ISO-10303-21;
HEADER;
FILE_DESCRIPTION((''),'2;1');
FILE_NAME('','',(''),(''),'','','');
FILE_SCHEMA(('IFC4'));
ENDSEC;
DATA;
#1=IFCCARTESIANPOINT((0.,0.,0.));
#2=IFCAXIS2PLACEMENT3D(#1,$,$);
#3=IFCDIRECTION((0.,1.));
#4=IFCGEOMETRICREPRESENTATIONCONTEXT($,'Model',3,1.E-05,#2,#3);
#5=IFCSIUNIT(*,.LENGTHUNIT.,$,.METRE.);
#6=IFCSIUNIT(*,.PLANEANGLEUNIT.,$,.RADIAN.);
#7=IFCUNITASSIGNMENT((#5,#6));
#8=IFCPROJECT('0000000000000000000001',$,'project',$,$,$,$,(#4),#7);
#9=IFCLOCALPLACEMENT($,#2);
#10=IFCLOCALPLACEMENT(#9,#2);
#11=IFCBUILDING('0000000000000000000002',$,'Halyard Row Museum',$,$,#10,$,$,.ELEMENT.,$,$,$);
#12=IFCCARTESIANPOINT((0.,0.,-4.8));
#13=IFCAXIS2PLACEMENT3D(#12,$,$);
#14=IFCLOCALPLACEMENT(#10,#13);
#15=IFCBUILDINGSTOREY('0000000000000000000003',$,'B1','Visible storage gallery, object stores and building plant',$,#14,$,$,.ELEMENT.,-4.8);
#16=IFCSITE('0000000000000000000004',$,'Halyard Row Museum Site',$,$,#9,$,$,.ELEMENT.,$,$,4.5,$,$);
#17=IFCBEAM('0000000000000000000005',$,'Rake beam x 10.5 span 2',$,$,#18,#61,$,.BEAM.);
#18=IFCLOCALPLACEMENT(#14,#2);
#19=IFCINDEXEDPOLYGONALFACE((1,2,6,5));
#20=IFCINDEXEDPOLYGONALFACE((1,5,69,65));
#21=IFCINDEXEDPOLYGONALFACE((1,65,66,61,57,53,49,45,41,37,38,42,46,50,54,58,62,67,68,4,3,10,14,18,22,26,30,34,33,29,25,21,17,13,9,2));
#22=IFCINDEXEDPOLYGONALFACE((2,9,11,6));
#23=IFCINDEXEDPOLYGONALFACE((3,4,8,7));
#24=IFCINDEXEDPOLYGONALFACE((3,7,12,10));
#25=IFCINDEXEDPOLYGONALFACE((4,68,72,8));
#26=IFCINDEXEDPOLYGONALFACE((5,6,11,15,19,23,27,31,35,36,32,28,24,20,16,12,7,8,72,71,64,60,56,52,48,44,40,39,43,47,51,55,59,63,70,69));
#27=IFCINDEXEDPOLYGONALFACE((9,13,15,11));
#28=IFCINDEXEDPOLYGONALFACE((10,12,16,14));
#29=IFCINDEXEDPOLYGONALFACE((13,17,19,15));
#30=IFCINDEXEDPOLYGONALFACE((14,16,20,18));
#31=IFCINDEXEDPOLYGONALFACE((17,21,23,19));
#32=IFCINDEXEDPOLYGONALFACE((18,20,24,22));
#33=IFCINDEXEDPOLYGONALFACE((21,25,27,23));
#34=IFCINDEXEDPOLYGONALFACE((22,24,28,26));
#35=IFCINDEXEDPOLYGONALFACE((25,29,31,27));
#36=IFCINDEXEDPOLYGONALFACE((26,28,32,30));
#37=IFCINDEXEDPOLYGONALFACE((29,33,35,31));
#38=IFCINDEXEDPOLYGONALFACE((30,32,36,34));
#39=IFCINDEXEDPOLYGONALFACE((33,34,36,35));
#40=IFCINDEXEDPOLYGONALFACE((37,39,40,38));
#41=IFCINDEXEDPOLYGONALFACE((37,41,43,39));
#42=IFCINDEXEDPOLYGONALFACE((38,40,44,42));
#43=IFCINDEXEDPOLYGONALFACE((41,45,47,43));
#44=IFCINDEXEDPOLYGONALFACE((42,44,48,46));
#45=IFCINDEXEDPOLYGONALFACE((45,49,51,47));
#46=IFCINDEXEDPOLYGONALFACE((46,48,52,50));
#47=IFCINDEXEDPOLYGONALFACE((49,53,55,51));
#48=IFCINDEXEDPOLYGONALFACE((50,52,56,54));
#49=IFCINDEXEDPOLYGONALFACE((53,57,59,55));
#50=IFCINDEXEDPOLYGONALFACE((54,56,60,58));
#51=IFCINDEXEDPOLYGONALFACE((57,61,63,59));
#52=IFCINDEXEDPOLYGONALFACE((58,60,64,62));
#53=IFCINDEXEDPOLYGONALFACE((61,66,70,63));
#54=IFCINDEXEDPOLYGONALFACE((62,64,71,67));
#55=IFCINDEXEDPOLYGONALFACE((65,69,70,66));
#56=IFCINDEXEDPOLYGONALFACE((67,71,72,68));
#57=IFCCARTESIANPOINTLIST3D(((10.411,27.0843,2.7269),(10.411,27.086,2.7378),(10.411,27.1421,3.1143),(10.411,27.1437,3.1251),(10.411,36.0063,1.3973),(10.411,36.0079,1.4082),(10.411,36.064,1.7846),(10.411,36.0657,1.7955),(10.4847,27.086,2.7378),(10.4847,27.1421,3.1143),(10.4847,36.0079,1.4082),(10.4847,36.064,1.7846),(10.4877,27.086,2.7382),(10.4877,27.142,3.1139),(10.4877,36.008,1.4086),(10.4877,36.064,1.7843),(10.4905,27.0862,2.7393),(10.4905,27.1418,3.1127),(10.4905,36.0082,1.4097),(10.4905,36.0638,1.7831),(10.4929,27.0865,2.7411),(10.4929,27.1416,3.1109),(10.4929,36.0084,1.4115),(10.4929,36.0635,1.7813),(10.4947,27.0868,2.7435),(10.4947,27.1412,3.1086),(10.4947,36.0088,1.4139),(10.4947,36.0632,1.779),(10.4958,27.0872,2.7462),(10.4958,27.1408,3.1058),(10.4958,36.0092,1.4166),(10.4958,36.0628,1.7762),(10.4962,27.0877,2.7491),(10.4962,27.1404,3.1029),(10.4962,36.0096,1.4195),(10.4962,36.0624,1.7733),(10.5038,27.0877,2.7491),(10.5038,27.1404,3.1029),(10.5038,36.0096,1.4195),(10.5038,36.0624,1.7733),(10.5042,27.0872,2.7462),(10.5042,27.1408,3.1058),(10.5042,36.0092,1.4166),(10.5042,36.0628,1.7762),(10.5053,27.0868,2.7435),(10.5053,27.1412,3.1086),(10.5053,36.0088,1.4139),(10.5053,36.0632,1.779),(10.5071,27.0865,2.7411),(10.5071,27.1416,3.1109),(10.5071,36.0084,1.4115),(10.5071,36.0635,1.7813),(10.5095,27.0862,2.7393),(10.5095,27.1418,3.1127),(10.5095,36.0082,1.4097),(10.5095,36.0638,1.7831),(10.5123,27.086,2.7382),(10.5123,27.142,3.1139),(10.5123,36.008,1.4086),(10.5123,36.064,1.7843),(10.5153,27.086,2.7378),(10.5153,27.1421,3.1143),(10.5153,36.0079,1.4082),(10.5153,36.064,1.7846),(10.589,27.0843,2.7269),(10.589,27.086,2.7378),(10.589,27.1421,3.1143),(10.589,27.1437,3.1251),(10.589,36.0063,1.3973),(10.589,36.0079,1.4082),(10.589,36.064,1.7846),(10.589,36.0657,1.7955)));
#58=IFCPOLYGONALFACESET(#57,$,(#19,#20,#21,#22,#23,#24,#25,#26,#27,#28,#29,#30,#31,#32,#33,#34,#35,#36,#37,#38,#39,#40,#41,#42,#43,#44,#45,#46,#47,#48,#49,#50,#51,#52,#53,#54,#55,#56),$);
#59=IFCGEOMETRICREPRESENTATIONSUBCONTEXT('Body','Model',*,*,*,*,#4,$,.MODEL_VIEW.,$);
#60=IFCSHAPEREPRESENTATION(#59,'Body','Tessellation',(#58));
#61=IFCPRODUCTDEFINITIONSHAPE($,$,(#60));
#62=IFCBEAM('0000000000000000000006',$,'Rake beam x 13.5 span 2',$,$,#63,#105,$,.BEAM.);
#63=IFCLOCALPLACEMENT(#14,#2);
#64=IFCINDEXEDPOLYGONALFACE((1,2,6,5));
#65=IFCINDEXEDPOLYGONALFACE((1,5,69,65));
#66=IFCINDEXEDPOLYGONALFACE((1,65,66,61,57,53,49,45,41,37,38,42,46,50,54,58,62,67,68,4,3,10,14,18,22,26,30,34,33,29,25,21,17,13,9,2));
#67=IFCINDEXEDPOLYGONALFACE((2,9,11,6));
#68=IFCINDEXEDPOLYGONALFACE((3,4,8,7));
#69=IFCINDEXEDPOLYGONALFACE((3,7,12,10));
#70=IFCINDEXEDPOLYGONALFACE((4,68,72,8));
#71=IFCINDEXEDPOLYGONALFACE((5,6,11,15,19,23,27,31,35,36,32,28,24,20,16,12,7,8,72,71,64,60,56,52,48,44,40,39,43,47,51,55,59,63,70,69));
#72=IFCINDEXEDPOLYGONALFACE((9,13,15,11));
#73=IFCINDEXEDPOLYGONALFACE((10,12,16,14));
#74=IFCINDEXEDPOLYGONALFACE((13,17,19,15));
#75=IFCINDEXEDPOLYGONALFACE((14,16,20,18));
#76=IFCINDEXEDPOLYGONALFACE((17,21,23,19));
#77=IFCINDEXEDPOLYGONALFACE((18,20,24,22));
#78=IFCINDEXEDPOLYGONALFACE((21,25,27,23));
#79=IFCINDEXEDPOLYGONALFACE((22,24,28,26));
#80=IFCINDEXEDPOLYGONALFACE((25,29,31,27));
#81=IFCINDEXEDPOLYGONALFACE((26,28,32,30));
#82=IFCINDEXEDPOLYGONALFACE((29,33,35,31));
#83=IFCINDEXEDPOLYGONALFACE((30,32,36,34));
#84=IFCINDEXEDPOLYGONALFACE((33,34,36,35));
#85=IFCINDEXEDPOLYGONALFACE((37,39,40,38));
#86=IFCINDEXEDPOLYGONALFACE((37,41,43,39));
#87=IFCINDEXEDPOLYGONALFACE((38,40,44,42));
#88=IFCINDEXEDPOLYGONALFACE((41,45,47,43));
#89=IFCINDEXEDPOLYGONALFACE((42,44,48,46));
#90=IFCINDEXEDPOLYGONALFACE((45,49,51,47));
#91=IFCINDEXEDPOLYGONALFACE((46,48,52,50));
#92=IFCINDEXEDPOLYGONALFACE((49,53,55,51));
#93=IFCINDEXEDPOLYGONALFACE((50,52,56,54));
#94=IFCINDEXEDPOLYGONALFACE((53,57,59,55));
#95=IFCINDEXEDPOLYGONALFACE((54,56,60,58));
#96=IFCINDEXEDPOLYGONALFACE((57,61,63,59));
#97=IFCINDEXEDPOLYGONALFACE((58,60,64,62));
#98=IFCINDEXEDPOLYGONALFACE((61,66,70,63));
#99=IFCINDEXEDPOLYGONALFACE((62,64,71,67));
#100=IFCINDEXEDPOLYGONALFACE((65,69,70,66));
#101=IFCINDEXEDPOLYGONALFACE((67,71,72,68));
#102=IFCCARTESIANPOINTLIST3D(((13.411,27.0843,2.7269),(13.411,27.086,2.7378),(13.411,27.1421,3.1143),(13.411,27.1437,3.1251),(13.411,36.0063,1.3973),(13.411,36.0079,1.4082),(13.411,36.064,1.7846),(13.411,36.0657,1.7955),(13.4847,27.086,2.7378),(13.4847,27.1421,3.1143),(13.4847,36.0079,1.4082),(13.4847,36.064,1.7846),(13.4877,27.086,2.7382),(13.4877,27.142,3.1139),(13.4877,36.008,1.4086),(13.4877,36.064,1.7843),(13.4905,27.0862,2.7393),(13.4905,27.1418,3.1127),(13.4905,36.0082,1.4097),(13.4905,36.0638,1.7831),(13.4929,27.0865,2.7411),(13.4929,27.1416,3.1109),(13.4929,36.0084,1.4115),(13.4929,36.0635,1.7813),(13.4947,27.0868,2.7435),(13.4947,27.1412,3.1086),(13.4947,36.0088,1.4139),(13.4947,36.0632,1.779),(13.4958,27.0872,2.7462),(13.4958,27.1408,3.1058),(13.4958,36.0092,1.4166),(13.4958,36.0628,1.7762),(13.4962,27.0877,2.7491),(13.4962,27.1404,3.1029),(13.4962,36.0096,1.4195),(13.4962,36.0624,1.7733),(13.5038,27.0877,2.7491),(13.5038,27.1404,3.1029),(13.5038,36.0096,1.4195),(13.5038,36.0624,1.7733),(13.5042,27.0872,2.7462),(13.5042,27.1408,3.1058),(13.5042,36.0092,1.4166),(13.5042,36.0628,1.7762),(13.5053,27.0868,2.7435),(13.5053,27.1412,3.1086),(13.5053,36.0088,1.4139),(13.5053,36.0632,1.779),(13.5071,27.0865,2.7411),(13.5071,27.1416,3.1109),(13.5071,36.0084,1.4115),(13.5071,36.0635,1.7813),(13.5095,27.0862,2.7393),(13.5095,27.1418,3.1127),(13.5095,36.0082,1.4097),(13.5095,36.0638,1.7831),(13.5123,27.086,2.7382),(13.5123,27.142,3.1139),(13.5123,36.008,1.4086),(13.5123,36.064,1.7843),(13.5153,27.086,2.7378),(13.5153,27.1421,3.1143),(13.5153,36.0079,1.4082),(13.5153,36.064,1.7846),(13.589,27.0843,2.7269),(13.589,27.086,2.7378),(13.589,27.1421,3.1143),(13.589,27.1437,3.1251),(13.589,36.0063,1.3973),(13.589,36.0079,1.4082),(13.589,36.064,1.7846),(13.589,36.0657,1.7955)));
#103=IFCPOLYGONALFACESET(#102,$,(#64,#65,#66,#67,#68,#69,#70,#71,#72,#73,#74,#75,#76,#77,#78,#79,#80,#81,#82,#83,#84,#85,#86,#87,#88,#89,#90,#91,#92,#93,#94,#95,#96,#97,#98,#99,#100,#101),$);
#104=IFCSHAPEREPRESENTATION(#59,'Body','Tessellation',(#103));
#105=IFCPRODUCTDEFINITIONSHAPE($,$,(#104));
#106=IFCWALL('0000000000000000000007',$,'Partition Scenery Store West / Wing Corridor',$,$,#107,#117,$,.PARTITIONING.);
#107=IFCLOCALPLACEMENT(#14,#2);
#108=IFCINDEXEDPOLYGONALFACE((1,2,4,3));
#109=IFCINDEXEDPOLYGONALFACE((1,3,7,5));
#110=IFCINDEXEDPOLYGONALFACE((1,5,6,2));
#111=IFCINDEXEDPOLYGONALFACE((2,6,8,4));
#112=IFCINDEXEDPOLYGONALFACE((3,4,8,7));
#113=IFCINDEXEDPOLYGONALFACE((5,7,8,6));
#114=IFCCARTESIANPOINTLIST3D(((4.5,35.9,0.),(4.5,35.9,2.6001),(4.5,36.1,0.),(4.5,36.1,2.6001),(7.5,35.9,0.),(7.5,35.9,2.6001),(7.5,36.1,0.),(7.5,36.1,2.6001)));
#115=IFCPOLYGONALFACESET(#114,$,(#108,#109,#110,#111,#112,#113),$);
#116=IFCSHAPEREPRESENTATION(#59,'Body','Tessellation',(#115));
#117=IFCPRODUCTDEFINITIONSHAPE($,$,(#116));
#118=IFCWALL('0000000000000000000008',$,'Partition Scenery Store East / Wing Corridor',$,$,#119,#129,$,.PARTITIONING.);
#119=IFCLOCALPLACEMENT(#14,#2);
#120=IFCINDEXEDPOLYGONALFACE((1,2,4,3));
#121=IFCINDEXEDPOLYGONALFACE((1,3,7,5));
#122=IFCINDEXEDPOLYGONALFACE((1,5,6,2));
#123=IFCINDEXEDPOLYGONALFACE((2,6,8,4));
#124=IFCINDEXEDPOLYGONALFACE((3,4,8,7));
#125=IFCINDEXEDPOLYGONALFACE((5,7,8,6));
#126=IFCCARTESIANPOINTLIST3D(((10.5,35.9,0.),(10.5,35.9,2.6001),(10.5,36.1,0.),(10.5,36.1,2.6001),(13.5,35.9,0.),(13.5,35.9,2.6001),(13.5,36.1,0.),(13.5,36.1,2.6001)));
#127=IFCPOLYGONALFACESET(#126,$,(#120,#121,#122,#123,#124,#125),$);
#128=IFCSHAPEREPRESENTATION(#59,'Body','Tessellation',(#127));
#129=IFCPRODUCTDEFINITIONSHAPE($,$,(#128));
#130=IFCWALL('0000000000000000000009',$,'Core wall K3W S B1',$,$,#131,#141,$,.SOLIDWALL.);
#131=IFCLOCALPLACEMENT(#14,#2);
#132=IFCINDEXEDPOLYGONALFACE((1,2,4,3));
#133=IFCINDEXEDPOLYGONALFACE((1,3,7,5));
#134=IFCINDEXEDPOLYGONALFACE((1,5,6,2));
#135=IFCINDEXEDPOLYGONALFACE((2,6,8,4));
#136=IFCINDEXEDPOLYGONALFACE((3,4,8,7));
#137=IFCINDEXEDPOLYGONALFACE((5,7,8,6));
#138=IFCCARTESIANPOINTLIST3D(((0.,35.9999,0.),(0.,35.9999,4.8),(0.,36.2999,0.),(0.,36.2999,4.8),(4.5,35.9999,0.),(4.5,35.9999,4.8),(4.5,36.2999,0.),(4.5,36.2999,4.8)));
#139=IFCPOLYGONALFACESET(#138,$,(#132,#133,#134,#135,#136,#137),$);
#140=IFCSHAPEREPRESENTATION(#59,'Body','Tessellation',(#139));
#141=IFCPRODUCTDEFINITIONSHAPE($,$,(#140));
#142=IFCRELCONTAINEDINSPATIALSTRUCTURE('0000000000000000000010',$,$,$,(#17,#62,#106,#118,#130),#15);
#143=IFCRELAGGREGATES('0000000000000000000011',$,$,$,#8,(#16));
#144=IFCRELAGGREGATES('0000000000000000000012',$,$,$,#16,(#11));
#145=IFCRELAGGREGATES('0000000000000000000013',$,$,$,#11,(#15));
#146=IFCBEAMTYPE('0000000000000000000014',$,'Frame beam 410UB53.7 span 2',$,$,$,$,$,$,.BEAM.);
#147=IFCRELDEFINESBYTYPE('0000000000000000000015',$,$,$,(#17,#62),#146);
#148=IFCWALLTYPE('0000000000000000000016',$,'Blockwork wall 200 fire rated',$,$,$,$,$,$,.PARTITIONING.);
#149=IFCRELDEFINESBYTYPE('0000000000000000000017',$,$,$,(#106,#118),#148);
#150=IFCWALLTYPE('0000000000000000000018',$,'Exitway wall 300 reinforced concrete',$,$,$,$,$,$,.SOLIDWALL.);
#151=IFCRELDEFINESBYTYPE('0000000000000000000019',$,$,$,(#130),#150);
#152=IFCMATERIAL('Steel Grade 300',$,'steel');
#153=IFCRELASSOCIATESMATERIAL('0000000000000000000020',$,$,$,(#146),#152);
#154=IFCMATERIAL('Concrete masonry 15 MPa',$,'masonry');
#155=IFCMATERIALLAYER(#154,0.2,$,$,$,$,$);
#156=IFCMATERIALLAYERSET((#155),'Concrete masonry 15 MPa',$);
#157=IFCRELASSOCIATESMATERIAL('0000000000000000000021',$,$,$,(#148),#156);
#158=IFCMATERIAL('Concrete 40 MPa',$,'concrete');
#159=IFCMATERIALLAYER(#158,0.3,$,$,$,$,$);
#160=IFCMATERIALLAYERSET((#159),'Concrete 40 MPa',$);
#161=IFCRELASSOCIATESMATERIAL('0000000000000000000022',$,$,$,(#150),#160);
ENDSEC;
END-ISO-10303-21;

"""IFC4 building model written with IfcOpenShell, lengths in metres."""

from ifc_helpers import new_model, si_unit, direction, frame, frame_2d, origin, origin_2d, place, context, subcontext, project, spatial, rectangle, i_section, extrude, material, layer, layer_set, material_profile, profile_set, type_object, element, save


model = new_model("IFC4")

# Units and contexts
model_context = context("Model", 3, precision=1e-05, world=origin(), true_north=direction((0.0, 1.0)))
body_context = subcontext(model_context, "Body", "Model", "MODEL_VIEW")
ifc_project = project(units=[si_unit("LENGTHUNIT", "METRE"), si_unit("PLANEANGLEUNIT", "RADIAN")], contexts=[model_context])

# Site, building, storey
site_placement = place(None, origin())
site = spatial("IfcSite", under=ifc_project, at=site_placement, Name="Halyard Row Museum Site", CompositionType="ELEMENT", RefElevation=4.5)
building_placement = place(site_placement, origin())
building = spatial("IfcBuilding", under=site, at=building_placement, Name="Halyard Row Museum", CompositionType="ELEMENT")
storey_placement = place(building_placement, frame((0.0, 0.0, -4.8)))
storey = spatial("IfcBuildingStorey", under=building, at=storey_placement, Name="B1", Description="Visible storage gallery, object stores and building plant", CompositionType="ELEMENT", Elevation=-4.8)

# Beams
ifc_material_1 = material(Name="Steel Grade 300", Category="steel")
ifc_material_profile_1 = material_profile(ifc_material_1, i_section(OverallWidth=0.178, OverallDepth=0.4026, WebThickness=0.0076, FlangeThickness=0.011, FilletRadius=0.0115, at=origin_2d()), Name="410UB53.7")
ifc_profile_set_1 = profile_set([ifc_material_profile_1], Name="Steel Grade 300")
beam_type = type_object("IfcBeamType", Name="Frame beam 410UB53.7 span 2", PredefinedType="BEAM", material=ifc_profile_set_1)
for number, where, z_axis, x_axis, name in (
    (1, (10.5, 27.114, 2.926), (0.0, 0.989077, -0.147398), (-1.0, 0.0, 0.0), "Rake beam x 10.5 span 2"),
    (2, (13.5, 27.114, 2.926), (0.0, 0.989077, -0.147398), (-1.0, 0.0, 0.0), "Rake beam x 13.5 span 2"),
):
    element("IfcBeam", number, at=place(storey_placement, frame(where, z_axis=z_axis, x_axis=x_axis)), inside=storey, type_object=beam_type, Name=name, PredefinedType="BEAM", context=body_context, shape_type="SweptSolid", body=[
        extrude(i_section(OverallWidth=0.178, OverallDepth=0.4026, WebThickness=0.0076, FlangeThickness=0.011, FilletRadius=0.0115, at=origin_2d()), origin(), (0.0, 0.0, 1.0), 9.0205),
    ])

# Walls
ifc_material_2 = material(Name="Concrete masonry 15 MPa", Category="masonry")
ifc_layer_1 = layer(ifc_material_2, 0.2)
ifc_layer_set_1 = layer_set([ifc_layer_1], Name="Concrete masonry 15 MPa")
wall_type_1 = type_object("IfcWallType", Name="Blockwork wall 200 fire rated", PredefinedType="PARTITIONING", material=ifc_layer_set_1)
for number, where, z_axis, x_axis, name in (
    (3, (4.5, 36.0, 0.0), (0.0, 0.0, 1.0), (1.0, 0.0, 0.0), "Partition Scenery Store West / Wing Corridor"),
    (4, (10.5, 36.0, 0.0), (0.0, 0.0, 1.0), (1.0, 0.0, 0.0), "Partition Scenery Store East / Wing Corridor"),
):
    element("IfcWall", number, at=place(storey_placement, frame(where, z_axis=z_axis, x_axis=x_axis)), inside=storey, type_object=wall_type_1, Name=name, PredefinedType="PARTITIONING", context=body_context, shape_type="SweptSolid", body=[
        extrude(rectangle(XDim=3.0, YDim=0.2, at=frame_2d((1.5, 0.0))), origin(), (0.0, 0.0, 1.0), 2.6001),
    ])
ifc_material_3 = material(Name="Concrete 40 MPa", Category="concrete")
ifc_layer_2 = layer(ifc_material_3, 0.3)
ifc_layer_set_2 = layer_set([ifc_layer_2], Name="Concrete 40 MPa")
wall_type_2 = type_object("IfcWallType", Name="Exitway wall 300 reinforced concrete", PredefinedType="SOLIDWALL", material=ifc_layer_set_2)
wall_placement = place(storey_placement, frame((0.0, 36.1499, 0.0), z_axis=(0.0, 0.0, 1.0), x_axis=(1.0, 0.0, 0.0)))
element("IfcWall", 5, at=wall_placement, inside=storey, type_object=wall_type_2, Name="Core wall K3W S B1", PredefinedType="SOLIDWALL", context=body_context, shape_type="SweptSolid", body=[
    extrude(rectangle(XDim=4.5, YDim=0.3, at=frame_2d((2.25, 0.0))), origin(), (0.0, 0.0, 1.0), 4.8),
])

save(model, "model.ifc")
